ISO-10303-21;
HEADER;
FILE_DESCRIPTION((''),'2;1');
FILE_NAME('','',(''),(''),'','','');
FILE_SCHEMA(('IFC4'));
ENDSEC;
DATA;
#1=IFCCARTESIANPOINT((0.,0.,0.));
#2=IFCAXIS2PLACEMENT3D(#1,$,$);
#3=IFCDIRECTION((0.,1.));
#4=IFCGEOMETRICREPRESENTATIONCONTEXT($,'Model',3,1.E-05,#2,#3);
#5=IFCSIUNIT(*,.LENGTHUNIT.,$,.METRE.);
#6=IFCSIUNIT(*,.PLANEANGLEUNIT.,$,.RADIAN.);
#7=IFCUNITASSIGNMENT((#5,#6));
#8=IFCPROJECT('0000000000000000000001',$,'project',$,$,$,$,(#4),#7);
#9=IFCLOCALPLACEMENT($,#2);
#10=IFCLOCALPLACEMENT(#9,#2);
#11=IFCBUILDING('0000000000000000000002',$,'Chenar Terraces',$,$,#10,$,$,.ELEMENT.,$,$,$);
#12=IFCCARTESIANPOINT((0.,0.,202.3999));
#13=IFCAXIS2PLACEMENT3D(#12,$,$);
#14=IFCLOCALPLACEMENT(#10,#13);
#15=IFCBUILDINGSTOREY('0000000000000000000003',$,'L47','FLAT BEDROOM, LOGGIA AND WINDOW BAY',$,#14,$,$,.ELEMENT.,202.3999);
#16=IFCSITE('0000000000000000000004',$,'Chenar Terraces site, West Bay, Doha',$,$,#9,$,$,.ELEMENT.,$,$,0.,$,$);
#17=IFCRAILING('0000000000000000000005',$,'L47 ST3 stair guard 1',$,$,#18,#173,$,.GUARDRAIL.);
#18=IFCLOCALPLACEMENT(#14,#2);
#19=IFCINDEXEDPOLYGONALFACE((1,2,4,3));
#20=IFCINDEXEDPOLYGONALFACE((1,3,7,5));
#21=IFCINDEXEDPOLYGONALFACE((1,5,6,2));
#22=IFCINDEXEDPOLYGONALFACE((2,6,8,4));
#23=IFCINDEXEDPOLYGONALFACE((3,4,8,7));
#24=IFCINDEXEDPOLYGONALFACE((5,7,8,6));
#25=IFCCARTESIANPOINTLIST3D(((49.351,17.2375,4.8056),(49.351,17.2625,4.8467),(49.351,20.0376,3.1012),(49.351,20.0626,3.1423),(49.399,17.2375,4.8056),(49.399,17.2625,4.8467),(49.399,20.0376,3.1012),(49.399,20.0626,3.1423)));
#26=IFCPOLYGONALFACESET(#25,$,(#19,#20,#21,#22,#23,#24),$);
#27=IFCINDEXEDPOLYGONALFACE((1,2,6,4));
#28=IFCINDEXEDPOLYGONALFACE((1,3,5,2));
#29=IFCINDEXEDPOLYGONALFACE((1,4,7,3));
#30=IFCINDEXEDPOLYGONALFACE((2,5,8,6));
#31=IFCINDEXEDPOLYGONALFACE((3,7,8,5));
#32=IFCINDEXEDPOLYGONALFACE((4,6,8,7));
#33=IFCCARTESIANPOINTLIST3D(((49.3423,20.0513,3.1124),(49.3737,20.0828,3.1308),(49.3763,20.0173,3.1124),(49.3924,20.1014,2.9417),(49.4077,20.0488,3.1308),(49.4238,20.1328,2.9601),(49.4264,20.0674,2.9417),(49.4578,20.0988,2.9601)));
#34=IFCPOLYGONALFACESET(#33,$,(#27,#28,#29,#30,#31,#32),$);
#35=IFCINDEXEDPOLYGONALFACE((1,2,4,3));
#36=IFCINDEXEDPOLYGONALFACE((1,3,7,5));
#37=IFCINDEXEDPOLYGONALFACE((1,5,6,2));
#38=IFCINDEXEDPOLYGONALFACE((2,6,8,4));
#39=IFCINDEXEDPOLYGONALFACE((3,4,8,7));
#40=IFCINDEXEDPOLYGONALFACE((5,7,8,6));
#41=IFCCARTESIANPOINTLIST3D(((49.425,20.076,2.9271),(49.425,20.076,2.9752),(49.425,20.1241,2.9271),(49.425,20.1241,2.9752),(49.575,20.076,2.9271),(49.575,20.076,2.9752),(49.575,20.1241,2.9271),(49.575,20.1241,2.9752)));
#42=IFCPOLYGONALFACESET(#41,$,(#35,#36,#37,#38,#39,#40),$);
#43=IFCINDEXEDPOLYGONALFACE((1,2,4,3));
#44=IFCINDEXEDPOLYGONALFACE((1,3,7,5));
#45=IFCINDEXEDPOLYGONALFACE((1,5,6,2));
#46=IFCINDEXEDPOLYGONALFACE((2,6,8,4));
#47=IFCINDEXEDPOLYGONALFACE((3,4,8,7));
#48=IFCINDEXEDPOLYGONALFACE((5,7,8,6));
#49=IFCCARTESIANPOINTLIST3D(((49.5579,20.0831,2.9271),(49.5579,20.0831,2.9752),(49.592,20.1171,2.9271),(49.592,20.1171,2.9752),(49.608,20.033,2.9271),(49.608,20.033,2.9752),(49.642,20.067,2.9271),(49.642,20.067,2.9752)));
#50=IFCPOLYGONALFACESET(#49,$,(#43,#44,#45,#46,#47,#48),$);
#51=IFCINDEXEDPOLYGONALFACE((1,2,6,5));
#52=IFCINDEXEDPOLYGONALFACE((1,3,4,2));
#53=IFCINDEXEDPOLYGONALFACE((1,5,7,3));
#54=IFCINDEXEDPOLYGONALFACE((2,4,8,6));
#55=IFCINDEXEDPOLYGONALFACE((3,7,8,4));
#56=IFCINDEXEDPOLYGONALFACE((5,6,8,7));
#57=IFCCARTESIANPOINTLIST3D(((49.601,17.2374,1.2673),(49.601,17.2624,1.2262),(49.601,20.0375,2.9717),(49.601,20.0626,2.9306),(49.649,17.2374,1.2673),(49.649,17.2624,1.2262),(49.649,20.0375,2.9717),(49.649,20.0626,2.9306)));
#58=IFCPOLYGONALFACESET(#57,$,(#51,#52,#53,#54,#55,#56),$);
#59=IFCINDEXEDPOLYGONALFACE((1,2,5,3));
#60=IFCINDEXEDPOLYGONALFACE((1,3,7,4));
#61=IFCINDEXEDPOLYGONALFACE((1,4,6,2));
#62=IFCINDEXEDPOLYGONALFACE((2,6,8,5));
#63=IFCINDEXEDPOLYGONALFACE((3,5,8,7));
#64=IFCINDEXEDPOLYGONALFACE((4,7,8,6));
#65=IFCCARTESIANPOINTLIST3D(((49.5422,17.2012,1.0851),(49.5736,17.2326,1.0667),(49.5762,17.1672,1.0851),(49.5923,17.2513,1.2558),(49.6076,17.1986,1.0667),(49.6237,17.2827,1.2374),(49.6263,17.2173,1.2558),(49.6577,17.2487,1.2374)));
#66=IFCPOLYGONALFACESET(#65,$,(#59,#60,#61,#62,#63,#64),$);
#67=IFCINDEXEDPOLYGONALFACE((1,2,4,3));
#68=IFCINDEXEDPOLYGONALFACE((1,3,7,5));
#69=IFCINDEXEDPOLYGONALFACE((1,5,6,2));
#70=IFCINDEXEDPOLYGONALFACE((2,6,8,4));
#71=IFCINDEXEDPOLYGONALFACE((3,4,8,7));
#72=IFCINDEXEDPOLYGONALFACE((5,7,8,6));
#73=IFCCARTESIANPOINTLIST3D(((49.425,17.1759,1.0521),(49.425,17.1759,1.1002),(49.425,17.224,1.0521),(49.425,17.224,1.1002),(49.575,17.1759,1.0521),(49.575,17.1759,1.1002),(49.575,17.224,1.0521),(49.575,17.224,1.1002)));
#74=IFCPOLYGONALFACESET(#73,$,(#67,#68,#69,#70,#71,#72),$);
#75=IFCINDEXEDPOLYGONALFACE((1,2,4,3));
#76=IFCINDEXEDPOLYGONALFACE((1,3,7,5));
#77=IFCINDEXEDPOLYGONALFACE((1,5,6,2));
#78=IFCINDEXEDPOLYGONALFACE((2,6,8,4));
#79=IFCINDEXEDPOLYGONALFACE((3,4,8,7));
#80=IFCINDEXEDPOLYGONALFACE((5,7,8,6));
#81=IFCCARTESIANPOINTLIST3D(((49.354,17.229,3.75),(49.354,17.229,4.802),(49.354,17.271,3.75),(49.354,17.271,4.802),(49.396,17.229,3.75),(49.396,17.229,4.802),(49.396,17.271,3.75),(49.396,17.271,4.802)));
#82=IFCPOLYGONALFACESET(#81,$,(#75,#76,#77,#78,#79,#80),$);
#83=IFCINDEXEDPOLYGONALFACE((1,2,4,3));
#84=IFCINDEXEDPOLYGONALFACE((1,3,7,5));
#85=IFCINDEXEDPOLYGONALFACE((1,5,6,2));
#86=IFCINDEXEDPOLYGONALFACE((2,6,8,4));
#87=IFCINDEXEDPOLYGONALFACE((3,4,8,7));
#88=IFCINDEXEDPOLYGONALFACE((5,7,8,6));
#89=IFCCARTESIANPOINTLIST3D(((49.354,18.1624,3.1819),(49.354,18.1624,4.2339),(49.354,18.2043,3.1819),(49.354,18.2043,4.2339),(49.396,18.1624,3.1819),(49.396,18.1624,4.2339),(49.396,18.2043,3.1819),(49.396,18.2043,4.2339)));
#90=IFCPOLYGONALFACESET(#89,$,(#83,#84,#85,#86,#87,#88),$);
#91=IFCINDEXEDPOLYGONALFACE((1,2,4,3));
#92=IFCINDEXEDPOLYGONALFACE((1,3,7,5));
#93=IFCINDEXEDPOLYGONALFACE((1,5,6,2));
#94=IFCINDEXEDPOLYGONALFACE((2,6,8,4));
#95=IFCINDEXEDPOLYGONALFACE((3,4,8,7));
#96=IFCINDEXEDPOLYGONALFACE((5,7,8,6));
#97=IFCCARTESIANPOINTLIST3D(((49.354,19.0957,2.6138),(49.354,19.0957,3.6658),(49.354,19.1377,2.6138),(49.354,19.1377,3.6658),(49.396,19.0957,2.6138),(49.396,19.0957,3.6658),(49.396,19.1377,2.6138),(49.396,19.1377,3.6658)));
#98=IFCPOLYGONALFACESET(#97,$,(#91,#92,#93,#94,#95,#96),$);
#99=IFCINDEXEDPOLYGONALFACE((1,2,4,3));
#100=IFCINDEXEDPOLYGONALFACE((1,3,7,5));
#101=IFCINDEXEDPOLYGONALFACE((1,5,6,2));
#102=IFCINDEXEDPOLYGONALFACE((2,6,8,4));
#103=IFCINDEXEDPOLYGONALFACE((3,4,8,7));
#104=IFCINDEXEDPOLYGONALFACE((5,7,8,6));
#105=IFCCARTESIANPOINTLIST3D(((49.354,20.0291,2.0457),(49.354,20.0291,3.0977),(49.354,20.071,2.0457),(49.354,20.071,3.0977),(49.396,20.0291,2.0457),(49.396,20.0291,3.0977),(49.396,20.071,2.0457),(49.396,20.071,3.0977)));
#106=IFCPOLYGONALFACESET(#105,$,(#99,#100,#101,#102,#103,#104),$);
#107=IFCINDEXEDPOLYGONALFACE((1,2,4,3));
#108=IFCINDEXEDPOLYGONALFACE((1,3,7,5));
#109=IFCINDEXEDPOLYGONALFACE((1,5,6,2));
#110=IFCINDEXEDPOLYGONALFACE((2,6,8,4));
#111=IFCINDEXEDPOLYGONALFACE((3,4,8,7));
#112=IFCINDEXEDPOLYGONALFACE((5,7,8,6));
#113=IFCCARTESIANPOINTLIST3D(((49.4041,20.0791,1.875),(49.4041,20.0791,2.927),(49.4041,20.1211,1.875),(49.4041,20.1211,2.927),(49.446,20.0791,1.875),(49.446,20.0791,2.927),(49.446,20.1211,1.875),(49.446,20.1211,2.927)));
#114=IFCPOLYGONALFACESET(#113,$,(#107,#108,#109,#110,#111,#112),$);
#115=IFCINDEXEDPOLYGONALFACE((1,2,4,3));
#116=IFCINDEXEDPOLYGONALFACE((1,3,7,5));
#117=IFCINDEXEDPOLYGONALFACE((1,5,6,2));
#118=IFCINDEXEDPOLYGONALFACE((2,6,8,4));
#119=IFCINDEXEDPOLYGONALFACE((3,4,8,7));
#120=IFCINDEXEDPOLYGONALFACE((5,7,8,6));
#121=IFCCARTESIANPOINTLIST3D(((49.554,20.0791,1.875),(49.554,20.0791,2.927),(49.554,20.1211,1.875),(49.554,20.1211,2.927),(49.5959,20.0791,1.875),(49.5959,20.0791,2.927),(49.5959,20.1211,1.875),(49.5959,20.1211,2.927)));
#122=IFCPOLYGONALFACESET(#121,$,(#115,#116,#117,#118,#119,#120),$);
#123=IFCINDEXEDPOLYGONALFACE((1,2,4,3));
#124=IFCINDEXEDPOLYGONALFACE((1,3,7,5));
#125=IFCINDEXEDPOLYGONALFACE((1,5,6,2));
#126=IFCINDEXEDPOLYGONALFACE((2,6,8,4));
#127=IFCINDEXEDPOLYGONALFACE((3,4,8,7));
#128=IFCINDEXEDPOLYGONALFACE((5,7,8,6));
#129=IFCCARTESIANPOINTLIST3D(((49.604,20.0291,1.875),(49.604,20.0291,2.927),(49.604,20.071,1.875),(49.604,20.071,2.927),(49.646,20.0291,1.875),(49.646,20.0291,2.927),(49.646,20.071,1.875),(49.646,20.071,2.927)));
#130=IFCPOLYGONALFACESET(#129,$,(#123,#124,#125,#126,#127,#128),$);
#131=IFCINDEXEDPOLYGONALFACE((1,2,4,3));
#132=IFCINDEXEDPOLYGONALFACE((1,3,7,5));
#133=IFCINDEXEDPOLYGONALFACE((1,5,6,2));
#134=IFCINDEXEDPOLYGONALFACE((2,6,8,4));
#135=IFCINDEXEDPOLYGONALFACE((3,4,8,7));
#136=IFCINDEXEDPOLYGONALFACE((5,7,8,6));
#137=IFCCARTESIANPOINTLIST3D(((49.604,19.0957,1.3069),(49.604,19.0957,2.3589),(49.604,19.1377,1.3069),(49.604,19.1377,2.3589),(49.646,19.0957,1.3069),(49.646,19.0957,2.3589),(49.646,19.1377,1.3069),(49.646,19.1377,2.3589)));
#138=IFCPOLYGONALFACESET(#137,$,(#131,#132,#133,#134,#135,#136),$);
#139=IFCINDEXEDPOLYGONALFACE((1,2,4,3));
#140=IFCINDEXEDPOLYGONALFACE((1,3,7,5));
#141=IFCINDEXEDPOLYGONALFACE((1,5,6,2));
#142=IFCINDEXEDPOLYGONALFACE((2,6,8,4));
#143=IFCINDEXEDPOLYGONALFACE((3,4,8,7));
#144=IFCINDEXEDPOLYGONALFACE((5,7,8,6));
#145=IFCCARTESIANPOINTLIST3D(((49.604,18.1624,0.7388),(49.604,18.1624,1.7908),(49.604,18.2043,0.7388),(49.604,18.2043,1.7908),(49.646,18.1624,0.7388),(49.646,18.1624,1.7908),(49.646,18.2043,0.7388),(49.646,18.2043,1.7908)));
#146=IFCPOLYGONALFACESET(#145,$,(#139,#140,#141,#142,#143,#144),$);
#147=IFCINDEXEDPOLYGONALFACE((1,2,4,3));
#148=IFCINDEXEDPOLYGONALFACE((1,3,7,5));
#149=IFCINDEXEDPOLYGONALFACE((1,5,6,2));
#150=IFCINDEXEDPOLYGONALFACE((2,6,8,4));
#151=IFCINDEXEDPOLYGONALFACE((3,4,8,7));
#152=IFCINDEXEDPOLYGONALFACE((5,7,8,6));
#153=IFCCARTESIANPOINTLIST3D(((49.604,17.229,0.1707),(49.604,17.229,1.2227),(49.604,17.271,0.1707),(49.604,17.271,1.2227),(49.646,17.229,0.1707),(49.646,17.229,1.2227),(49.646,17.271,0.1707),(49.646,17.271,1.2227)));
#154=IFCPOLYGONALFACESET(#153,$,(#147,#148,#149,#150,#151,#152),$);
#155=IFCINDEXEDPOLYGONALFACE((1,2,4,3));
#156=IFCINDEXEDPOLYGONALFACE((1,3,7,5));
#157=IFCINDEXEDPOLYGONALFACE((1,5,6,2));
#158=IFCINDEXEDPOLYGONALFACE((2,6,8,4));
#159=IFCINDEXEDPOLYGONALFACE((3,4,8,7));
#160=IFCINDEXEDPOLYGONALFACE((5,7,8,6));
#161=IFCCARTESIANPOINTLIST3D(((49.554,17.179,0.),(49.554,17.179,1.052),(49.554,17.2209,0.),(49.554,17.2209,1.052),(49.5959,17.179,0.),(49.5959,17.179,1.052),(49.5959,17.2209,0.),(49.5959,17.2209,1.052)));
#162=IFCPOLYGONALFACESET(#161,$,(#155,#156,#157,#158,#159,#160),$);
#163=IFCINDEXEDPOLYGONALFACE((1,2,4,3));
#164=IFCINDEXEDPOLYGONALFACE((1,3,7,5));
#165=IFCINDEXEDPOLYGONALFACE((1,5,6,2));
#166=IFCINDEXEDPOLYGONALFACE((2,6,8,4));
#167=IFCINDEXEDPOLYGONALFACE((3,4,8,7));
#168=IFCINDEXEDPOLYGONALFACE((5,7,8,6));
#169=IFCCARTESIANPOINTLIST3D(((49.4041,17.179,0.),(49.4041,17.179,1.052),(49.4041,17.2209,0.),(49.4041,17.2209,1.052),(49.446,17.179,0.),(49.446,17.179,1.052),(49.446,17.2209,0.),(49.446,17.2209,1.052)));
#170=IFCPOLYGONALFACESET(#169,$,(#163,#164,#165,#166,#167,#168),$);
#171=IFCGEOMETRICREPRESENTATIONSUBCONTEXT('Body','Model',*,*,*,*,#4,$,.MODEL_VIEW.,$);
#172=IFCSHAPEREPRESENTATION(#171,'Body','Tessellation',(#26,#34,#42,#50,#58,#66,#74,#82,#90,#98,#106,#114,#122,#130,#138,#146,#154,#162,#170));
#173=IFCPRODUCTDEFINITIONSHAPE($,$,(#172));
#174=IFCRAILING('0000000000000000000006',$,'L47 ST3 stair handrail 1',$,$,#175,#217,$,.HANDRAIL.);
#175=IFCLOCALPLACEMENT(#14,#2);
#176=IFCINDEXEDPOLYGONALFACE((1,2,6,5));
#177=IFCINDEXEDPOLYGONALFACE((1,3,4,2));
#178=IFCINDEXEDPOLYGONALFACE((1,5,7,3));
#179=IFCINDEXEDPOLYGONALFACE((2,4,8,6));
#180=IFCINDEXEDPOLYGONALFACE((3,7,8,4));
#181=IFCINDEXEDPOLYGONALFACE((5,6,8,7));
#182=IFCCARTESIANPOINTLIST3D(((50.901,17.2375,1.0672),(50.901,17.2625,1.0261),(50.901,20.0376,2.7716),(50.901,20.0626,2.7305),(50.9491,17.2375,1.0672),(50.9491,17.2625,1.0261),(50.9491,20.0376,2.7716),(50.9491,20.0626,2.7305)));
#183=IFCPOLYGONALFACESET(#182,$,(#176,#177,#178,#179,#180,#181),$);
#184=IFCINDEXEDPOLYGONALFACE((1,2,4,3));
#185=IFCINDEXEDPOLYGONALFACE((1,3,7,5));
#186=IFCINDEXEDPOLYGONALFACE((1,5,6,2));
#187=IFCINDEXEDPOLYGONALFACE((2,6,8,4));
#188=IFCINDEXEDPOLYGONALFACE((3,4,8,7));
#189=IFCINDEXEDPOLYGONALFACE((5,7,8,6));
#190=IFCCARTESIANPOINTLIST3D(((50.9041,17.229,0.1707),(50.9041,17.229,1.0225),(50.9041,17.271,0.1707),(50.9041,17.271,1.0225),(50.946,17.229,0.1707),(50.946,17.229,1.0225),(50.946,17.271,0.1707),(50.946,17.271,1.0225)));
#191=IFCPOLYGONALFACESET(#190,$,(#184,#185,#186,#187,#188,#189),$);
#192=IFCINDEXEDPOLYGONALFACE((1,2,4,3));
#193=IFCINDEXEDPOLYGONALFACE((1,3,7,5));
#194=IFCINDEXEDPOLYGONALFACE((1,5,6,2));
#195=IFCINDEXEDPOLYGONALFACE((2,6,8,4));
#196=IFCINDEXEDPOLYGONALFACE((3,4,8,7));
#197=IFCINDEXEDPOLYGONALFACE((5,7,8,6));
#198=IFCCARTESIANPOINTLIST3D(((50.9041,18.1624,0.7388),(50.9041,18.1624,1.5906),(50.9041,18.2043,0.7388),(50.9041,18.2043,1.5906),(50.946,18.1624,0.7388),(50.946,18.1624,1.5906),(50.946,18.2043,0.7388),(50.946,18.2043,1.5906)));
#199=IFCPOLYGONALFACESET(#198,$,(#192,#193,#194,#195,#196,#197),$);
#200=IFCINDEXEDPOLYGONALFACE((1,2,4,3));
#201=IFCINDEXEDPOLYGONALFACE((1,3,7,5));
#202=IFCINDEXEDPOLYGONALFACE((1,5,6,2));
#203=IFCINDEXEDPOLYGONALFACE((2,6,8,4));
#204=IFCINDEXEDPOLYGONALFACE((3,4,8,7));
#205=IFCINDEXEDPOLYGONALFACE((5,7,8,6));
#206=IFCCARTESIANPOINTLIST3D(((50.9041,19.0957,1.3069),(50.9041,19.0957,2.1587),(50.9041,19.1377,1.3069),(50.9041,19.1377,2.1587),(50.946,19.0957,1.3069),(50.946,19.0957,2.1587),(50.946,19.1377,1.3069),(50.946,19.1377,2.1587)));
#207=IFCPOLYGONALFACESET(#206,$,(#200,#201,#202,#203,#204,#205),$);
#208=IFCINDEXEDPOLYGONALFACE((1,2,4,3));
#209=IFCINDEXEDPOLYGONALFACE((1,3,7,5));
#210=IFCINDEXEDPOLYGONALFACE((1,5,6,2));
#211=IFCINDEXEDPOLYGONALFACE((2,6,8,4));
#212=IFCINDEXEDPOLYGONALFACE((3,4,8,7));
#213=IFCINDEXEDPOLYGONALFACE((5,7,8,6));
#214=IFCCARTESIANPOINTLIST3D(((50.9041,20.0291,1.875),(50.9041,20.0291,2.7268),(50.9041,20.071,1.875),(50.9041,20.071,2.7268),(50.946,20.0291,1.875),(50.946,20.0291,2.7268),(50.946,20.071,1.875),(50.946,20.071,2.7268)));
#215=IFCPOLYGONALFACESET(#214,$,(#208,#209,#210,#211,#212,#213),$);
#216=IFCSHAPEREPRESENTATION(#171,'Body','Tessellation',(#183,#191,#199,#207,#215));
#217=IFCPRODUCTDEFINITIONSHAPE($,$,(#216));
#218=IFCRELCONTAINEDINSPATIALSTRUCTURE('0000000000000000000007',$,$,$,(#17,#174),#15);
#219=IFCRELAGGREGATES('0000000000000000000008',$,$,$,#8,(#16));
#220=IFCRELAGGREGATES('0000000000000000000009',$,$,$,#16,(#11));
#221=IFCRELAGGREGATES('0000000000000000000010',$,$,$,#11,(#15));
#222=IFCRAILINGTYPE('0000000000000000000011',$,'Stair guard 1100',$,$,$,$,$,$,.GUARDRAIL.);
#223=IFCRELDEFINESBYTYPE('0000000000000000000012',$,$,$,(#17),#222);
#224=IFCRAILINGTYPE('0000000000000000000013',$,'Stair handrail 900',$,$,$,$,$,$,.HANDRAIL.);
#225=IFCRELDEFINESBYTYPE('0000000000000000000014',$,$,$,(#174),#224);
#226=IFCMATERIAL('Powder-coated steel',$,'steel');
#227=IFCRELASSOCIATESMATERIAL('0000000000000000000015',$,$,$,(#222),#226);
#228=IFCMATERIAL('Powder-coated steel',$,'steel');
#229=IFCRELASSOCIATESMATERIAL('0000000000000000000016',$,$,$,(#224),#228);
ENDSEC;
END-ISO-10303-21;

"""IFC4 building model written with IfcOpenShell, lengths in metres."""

from ifc_helpers import new_model, si_unit, direction, frame, origin, origin_2d, place, context, subcontext, project, spatial, rectangle, extrude, material, type_object, element, save


model = new_model("IFC4")

# Units and contexts
model_context = context("Model", 3, precision=1e-05, world=origin(), true_north=direction((0.0, 1.0)))
body_context = subcontext(model_context, "Body", "Model", "MODEL_VIEW")
ifc_project = project(units=[si_unit("LENGTHUNIT", "METRE"), si_unit("PLANEANGLEUNIT", "RADIAN")], contexts=[model_context])

# Site, building, storey
site_placement = place(None, origin())
site = spatial("IfcSite", under=ifc_project, at=site_placement, Name="Chenar Terraces site, West Bay, Doha", CompositionType="ELEMENT", RefElevation=0.0)
building_placement = place(site_placement, origin())
building = spatial("IfcBuilding", under=site, at=building_placement, Name="Chenar Terraces", CompositionType="ELEMENT")
storey_placement = place(building_placement, frame((0.0, 0.0, 202.3999)))
storey = spatial("IfcBuildingStorey", under=building, at=storey_placement, Name="L47", Description="FLAT BEDROOM, LOGGIA AND WINDOW BAY", CompositionType="ELEMENT", Elevation=202.3999)

# Railings
ifc_material_1 = material(Name="Powder-coated steel", Category="steel")
railing_type_1 = type_object("IfcRailingType", Name="Stair guard 1100", PredefinedType="GUARDRAIL", material=ifc_material_1)
railing_1_placement = place(storey_placement, frame((49.375, 17.25, 3.75)))
element("IfcRailing", 1, at=railing_1_placement, inside=storey, type_object=railing_type_1, Name="L47 ST3 stair guard 1", PredefinedType="GUARDRAIL", context=body_context, shape_type="SweptSolid", body=[
    extrude(rectangle(XDim=0.0481, YDim=0.0481, at=origin_2d()), frame((0.0, 0.0, 1.0762), z_axis=(0.0, 0.854203, -0.51994), x_axis=(-1.0, 0.0, 0.0)), (0.0, 0.0, 1.0), 3.2781),
    extrude(rectangle(XDim=0.0481, YDim=0.0481, at=origin_2d()), frame((0.0, 2.8, -0.6284), z_axis=(0.2709, 0.2709, -0.923703), x_axis=(-0.707107, 0.707107, 0.0)), (0.0, 0.0, 1.0), 0.1848),
    extrude(rectangle(XDim=0.0481, YDim=0.0481, at=origin_2d()), frame((0.05, 2.8501, -0.7988), z_axis=(1.0, 0.0, 0.0), x_axis=(0.0, 1.0, 0.0)), (0.0, 0.0, 1.0), 0.1499),
    extrude(rectangle(XDim=0.0481, YDim=0.0481, at=origin_2d()), frame((0.2, 2.8501, -0.7988), z_axis=(0.707107, -0.707107, 0.0), x_axis=(0.707107, 0.707107, 0.0)), (0.0, 0.0, 1.0), 0.0708),
    extrude(rectangle(XDim=0.0481, YDim=0.0481, at=origin_2d()), frame((0.25, 2.8, -0.7988), z_axis=(0.0, -0.854203, -0.51994), x_axis=(1.0, 0.0, 0.0)), (0.0, 0.0, 1.0), 3.2781),
    extrude(rectangle(XDim=0.0481, YDim=0.0481, at=origin_2d()), frame((0.25, 0.0, -2.5034), z_axis=(-0.2709, -0.2709, -0.923703), x_axis=(0.707107, -0.707107, 0.0)), (0.0, 0.0, 1.0), 0.1848),
    extrude(rectangle(XDim=0.0481, YDim=0.0481, at=origin_2d()), frame((0.2, -0.05, -2.6738), z_axis=(-1.0, 0.0, 0.0), x_axis=(0.0, -1.0, 0.0)), (0.0, 0.0, 1.0), 0.1499),
    extrude(rectangle(XDim=0.042, YDim=0.042, at=origin_2d()), origin(), (0.0, 0.0, 1.0), 1.052),
    extrude(rectangle(XDim=0.042, YDim=0.042, at=origin_2d()), frame((0.0, 0.9333, -0.5681)), (0.0, 0.0, 1.0), 1.052),
    extrude(rectangle(XDim=0.042, YDim=0.042, at=origin_2d()), frame((0.0, 1.8667, -1.1362)), (0.0, 0.0, 1.0), 1.052),
    extrude(rectangle(XDim=0.042, YDim=0.042, at=origin_2d()), frame((0.0, 2.8, -1.7043)), (0.0, 0.0, 1.0), 1.052),
    extrude(rectangle(XDim=0.042, YDim=0.042, at=origin_2d()), frame((0.05, 2.8501, -1.875)), (0.0, 0.0, 1.0), 1.052),
    extrude(rectangle(XDim=0.042, YDim=0.042, at=origin_2d()), frame((0.2, 2.8501, -1.875)), (0.0, 0.0, 1.0), 1.052),
    extrude(rectangle(XDim=0.042, YDim=0.042, at=origin_2d()), frame((0.25, 2.8, -1.875)), (0.0, 0.0, 1.0), 1.052),
    extrude(rectangle(XDim=0.042, YDim=0.042, at=origin_2d()), frame((0.25, 1.8667, -2.4431)), (0.0, 0.0, 1.0), 1.052),
    extrude(rectangle(XDim=0.042, YDim=0.042, at=origin_2d()), frame((0.25, 0.9333, -3.0112)), (0.0, 0.0, 1.0), 1.052),
    extrude(rectangle(XDim=0.042, YDim=0.042, at=origin_2d()), frame((0.25, 0.0, -3.5793)), (0.0, 0.0, 1.0), 1.052),
    extrude(rectangle(XDim=0.042, YDim=0.042, at=origin_2d()), frame((0.2, -0.05, -3.75)), (0.0, 0.0, 1.0), 1.052),
    extrude(rectangle(XDim=0.042, YDim=0.042, at=origin_2d()), frame((0.05, -0.05, -3.75)), (0.0, 0.0, 1.0), 1.052),
])
ifc_material_2 = material(Name="Powder-coated steel", Category="steel")
railing_type_2 = type_object("IfcRailingType", Name="Stair handrail 900", PredefinedType="HANDRAIL", material=ifc_material_2)
railing_2_placement = place(storey_placement, frame((50.925, 17.25, 0.1707)))
element("IfcRailing", 2, at=railing_2_placement, inside=storey, type_object=railing_type_2, Name="L47 ST3 stair handrail 1", PredefinedType="HANDRAIL", context=body_context, shape_type="SweptSolid", body=[
    extrude(rectangle(XDim=0.0481, YDim=0.0481, at=origin_2d()), frame((0.0, 0.0, 0.876), z_axis=(0.0, 0.854203, 0.51994), x_axis=(-1.0, 0.0, 0.0)), (0.0, 0.0, 1.0), 3.2781),
    extrude(rectangle(XDim=0.042, YDim=0.042, at=origin_2d()), origin(), (0.0, 0.0, 1.0), 0.8518),
    extrude(rectangle(XDim=0.042, YDim=0.042, at=origin_2d()), frame((0.0, 0.9333, 0.5681)), (0.0, 0.0, 1.0), 0.8518),
    extrude(rectangle(XDim=0.042, YDim=0.042, at=origin_2d()), frame((0.0, 1.8667, 1.1362)), (0.0, 0.0, 1.0), 0.8518),
    extrude(rectangle(XDim=0.042, YDim=0.042, at=origin_2d()), frame((0.0, 2.8, 1.7043)), (0.0, 0.0, 1.0), 0.8518),
])

save(model, "model.ifc")
